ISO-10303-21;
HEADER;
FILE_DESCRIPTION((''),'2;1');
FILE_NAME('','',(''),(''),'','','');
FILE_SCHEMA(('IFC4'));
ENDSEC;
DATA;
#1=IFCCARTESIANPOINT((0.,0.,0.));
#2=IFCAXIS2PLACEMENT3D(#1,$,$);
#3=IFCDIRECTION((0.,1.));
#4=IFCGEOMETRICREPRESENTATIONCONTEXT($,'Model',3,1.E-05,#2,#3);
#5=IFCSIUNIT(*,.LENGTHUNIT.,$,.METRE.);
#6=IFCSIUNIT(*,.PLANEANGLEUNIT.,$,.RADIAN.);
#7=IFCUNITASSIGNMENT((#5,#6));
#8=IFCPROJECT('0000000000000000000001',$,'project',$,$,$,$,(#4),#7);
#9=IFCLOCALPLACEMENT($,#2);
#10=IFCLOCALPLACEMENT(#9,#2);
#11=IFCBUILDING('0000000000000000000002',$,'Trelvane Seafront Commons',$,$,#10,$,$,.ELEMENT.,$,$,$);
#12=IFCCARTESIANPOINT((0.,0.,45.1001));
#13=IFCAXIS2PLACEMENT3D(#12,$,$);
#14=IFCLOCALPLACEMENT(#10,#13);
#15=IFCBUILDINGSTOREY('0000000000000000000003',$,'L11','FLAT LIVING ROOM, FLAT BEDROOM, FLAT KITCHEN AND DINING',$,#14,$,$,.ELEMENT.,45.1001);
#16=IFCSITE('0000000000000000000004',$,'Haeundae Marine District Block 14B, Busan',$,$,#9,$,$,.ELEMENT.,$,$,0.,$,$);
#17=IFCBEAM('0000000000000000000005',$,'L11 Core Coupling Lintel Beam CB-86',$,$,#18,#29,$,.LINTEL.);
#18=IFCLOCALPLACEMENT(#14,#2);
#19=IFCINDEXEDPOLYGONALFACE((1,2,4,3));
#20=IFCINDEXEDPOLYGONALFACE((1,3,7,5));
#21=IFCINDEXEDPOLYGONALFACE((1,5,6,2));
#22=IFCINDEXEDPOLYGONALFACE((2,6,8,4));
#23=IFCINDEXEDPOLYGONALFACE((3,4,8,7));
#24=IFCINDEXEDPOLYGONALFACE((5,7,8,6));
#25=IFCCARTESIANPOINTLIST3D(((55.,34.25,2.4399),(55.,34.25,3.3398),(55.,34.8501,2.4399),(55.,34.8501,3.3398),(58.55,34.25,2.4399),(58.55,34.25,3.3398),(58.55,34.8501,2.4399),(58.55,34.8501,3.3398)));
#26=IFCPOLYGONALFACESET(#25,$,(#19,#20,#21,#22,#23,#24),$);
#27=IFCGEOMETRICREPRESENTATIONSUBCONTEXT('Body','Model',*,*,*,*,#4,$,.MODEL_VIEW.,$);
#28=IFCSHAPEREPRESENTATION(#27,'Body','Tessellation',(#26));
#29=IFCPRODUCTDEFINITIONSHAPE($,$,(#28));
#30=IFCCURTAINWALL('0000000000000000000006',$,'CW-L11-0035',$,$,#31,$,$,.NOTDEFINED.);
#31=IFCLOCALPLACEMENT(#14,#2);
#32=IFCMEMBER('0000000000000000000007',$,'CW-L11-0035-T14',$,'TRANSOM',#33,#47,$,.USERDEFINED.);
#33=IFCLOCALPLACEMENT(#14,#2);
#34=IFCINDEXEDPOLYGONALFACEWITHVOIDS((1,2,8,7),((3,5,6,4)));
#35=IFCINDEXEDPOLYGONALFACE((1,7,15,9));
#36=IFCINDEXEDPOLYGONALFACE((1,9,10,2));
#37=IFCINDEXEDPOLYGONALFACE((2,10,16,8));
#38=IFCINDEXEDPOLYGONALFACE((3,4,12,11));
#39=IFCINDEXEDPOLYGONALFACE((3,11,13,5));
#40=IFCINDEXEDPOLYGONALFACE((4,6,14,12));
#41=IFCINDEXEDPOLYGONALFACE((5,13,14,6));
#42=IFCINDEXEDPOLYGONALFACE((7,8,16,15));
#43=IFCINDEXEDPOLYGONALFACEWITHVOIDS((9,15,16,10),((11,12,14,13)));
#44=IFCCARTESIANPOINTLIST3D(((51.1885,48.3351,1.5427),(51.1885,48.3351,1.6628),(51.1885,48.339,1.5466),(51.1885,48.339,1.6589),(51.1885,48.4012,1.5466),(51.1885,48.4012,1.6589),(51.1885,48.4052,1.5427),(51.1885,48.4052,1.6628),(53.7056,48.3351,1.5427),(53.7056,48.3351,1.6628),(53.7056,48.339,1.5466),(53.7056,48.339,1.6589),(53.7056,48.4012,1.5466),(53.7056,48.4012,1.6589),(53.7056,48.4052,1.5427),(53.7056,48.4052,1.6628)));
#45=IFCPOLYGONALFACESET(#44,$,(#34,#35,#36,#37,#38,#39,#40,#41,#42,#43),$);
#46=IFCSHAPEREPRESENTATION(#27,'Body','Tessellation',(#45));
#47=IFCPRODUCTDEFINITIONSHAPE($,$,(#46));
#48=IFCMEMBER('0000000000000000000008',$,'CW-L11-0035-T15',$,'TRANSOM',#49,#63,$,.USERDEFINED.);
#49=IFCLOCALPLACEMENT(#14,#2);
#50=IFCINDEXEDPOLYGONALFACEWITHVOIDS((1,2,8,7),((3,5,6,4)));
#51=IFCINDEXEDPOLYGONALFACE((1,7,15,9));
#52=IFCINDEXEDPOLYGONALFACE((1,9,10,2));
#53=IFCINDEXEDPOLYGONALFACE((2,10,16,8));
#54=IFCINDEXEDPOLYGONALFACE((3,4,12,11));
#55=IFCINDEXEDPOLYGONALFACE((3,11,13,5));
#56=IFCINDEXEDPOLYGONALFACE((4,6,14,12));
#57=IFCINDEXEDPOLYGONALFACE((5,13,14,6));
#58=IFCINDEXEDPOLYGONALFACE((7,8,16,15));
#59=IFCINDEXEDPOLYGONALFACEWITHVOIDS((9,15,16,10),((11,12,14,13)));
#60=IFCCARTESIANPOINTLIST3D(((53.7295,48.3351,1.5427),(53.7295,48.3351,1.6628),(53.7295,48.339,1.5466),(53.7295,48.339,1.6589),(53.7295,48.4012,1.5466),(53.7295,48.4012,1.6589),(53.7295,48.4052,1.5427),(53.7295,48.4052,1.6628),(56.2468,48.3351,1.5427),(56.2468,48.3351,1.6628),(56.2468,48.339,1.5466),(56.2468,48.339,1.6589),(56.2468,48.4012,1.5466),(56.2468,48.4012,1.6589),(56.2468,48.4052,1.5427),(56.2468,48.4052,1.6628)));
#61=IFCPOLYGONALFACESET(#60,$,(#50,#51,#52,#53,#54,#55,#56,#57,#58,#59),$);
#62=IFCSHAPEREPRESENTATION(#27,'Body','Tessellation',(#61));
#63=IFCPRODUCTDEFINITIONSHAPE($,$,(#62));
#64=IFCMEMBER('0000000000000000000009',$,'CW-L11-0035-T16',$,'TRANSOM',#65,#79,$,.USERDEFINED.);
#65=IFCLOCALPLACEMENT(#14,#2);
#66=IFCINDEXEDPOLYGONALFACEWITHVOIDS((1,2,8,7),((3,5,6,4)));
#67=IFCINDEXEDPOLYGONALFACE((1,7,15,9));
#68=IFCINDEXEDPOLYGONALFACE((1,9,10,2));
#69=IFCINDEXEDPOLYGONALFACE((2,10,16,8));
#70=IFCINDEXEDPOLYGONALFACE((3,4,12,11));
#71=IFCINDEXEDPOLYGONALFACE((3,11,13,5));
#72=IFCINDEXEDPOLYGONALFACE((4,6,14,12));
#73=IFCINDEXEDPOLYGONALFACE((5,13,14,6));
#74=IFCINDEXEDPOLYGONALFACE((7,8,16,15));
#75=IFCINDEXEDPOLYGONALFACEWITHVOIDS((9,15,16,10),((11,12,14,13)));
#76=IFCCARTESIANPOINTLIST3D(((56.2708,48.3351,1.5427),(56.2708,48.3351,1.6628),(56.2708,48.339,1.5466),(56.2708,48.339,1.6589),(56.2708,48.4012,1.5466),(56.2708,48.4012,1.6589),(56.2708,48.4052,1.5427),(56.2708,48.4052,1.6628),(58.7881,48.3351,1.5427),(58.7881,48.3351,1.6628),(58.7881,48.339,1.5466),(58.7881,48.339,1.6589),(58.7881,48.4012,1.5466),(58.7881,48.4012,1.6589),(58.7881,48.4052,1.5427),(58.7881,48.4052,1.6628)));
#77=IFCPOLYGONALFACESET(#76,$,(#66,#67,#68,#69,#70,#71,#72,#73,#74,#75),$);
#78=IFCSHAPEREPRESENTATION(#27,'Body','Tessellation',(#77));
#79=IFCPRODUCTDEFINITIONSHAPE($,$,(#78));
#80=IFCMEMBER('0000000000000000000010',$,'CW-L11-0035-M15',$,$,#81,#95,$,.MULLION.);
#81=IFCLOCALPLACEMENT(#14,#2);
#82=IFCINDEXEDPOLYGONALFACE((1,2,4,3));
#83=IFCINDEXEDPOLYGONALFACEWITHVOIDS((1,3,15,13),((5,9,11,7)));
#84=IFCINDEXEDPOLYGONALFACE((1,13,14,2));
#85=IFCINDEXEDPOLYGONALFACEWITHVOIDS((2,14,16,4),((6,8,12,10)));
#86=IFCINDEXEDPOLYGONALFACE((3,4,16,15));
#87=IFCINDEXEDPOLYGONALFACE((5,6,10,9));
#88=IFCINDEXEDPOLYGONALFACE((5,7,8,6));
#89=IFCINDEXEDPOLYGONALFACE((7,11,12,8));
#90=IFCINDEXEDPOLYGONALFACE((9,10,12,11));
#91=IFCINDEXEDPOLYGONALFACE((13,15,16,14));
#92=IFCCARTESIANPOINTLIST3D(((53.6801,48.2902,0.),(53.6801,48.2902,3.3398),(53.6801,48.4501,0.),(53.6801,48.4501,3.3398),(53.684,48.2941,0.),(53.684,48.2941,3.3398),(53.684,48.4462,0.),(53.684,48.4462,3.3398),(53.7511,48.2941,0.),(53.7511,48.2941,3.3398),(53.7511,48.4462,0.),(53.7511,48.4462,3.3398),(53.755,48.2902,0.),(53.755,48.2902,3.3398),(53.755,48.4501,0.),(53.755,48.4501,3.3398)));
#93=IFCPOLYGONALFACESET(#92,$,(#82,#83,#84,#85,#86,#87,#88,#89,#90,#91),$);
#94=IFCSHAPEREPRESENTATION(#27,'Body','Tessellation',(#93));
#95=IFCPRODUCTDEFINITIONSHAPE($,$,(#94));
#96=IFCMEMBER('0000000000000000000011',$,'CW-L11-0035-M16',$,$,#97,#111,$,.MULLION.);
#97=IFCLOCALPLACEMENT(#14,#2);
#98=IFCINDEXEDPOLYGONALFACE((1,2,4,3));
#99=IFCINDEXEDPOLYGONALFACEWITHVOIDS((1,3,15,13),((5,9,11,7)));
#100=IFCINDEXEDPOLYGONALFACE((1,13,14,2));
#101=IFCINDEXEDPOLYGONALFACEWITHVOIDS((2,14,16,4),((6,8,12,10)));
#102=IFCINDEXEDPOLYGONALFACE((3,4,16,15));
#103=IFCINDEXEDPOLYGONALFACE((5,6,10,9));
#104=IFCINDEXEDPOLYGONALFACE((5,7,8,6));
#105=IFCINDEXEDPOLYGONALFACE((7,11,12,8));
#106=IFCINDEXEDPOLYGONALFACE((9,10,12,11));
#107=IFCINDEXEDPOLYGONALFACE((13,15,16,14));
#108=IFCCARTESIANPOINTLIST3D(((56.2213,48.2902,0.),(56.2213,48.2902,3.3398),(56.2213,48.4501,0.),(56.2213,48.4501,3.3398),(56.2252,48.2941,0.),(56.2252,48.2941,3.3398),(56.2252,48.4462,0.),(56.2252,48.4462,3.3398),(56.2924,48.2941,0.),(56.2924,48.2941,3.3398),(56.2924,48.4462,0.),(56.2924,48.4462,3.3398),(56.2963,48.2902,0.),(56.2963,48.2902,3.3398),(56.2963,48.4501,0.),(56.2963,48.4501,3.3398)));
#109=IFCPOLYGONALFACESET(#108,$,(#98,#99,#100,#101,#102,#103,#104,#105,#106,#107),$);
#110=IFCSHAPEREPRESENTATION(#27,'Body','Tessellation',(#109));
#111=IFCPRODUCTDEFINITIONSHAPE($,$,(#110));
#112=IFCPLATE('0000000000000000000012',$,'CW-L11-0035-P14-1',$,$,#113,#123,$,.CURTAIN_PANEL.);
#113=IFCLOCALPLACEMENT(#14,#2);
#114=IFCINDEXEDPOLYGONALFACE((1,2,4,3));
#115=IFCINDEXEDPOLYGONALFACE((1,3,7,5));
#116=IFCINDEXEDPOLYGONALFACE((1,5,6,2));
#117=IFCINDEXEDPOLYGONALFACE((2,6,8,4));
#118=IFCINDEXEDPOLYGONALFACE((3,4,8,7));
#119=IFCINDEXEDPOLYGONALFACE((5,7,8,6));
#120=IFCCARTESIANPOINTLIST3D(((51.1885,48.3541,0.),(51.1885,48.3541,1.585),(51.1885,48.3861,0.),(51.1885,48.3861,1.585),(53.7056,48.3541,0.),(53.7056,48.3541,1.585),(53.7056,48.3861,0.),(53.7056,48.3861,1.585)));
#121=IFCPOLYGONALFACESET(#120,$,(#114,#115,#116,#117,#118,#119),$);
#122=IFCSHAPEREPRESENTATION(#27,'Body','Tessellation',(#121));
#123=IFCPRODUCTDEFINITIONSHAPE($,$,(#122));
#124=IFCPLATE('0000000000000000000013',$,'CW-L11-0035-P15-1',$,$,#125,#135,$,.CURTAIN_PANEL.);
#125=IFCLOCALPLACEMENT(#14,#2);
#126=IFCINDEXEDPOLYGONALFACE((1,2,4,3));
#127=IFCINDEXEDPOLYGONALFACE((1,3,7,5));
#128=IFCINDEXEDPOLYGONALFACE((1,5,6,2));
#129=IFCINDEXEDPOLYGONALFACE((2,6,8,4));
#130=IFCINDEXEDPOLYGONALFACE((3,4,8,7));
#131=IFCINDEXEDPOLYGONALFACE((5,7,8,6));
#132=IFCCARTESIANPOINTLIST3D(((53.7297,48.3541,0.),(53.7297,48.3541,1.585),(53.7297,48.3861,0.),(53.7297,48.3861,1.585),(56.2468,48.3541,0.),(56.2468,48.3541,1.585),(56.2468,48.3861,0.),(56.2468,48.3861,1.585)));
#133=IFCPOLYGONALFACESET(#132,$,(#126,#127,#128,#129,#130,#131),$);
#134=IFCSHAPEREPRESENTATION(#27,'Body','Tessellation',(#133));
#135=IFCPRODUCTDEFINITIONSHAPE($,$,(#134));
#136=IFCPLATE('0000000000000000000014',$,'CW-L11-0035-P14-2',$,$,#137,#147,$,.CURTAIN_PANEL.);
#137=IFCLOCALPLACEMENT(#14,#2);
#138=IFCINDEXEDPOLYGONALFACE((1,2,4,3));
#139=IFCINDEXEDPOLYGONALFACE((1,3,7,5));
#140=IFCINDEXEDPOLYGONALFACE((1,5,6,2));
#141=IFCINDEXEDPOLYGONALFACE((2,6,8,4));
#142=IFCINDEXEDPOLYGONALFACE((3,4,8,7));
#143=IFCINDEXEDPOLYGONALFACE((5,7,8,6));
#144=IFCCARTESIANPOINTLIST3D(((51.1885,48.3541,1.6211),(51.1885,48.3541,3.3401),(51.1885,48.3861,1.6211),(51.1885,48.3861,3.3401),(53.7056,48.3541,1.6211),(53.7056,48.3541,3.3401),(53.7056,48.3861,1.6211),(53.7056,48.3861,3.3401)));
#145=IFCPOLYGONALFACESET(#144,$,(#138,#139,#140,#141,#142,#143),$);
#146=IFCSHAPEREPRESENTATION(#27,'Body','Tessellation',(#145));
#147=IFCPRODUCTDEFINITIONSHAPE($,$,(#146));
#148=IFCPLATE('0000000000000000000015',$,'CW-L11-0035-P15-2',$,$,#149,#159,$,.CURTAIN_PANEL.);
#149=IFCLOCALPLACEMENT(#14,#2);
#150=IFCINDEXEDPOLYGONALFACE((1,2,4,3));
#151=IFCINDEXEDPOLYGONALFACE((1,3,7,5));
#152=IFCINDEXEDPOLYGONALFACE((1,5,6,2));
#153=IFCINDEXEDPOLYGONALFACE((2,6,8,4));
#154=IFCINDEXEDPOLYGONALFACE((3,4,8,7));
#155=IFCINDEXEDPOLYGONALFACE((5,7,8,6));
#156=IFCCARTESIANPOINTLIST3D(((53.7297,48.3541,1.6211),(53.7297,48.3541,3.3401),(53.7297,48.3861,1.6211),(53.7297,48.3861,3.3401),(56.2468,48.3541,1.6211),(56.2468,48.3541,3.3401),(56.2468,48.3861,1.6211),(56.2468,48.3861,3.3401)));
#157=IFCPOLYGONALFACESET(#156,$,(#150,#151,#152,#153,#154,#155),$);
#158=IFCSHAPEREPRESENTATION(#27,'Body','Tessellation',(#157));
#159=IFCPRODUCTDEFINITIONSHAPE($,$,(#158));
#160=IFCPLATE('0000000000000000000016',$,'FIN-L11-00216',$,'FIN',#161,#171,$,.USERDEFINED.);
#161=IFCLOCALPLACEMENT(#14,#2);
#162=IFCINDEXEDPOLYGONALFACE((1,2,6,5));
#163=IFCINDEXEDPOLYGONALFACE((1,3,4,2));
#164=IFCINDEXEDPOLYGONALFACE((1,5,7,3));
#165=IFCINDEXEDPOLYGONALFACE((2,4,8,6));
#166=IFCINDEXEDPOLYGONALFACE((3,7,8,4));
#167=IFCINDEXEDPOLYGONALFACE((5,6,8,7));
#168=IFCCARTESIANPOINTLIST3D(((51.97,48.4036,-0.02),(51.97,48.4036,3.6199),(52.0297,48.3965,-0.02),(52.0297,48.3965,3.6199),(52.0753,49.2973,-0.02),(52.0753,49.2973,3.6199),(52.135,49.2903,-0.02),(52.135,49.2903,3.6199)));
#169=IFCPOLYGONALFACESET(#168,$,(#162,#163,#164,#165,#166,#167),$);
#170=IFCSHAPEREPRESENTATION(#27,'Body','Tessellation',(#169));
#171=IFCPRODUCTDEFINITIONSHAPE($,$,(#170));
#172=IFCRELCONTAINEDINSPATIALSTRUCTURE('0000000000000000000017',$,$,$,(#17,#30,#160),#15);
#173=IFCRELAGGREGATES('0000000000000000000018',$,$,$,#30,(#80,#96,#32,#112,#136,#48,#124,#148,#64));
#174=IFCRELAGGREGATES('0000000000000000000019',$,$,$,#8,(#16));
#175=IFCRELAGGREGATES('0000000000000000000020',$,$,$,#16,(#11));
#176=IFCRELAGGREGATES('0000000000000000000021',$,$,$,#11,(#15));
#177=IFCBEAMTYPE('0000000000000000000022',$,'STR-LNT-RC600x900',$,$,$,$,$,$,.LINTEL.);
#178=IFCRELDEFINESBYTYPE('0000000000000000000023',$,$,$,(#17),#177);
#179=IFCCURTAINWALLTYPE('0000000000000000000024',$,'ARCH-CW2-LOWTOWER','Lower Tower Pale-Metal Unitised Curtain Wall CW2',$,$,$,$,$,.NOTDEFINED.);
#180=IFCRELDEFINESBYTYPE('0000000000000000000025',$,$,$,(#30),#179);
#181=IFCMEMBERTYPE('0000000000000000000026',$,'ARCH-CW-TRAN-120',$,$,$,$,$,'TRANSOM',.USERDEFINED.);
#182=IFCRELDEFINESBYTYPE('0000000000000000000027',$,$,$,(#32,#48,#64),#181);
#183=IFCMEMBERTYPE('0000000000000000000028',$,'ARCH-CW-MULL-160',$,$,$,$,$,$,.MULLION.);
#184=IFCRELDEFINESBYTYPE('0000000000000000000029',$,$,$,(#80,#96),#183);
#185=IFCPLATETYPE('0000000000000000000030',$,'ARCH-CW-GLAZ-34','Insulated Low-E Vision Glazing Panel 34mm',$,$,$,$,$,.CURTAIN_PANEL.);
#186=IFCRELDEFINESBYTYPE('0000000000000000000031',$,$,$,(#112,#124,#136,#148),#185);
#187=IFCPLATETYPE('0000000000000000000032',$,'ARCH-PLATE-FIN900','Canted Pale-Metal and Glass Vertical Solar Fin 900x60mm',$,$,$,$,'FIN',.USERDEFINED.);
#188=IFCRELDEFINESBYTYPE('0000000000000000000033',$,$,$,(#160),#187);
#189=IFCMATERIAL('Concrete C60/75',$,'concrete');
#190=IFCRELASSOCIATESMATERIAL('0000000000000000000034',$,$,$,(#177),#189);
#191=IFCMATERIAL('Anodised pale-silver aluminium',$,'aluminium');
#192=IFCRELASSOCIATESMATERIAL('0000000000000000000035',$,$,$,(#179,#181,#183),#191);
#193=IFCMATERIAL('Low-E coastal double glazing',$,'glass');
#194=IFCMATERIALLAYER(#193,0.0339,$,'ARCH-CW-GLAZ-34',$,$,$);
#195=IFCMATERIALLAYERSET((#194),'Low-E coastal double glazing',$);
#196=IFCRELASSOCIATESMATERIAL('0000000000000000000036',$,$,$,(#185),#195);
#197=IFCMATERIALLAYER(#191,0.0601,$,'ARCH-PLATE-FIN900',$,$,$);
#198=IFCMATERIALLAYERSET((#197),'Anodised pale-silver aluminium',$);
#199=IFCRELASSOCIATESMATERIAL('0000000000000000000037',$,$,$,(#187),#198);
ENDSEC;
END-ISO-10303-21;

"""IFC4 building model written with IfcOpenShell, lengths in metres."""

from ifc_helpers import new_model, si_unit, direction, frame, origin, origin_2d, place, context, subcontext, project, spatial, rectangle, hollow_rectangle, extrude, source, transform, mapped, material, layer, layer_set, material_profile, profile_set, type_object, element, aggregate, save


model = new_model("IFC4")

# Units and contexts
model_context = context("Model", 3, precision=1e-05, world=origin(), true_north=direction((0.0, 1.0)))
body_context = subcontext(model_context, "Body", "Model", "MODEL_VIEW")
ifc_project = project(units=[si_unit("LENGTHUNIT", "METRE"), si_unit("PLANEANGLEUNIT", "RADIAN")], contexts=[model_context])

# Site, building, storey
site_placement = place(None, origin())
site = spatial("IfcSite", under=ifc_project, at=site_placement, Name="Haeundae Marine District Block 14B, Busan", CompositionType="ELEMENT", RefElevation=0.0)
building_placement = place(site_placement, origin())
building = spatial("IfcBuilding", under=site, at=building_placement, Name="Trelvane Seafront Commons", CompositionType="ELEMENT")
storey_placement = place(building_placement, frame((0.0, 0.0, 45.1001)))
storey = spatial("IfcBuildingStorey", under=building, at=storey_placement, Name="L11", Description="FLAT LIVING ROOM, FLAT BEDROOM, FLAT KITCHEN AND DINING", CompositionType="ELEMENT", Elevation=45.1001)

# Beam
ifc_material_1 = material(Name="Concrete C60/75", Category="concrete")
ifc_material_profile_1 = material_profile(ifc_material_1, rectangle(XDim=0.6001, YDim=0.8999, at=origin_2d()), Name="RC-600x900")
ifc_profile_set_1 = profile_set([ifc_material_profile_1], Name="Concrete C60/75")
beam_type = type_object("IfcBeamType", Name="STR-LNT-RC600x900", PredefinedType="LINTEL", material=ifc_profile_set_1)
shared_shape_1 = source(origin(), body_context, "Body", "SweptSolid", [
    extrude(rectangle(XDim=0.6001, YDim=0.8999, at=origin_2d()), origin(), (0.0, 0.0, 1.0), 3.55),
])
beam_placement = place(storey_placement, frame((55.0, 34.55, 2.8899), z_axis=(1.0, 0.0, 0.0), x_axis=(0.0, 1.0, 0.0)))
element("IfcBeam", 1, at=beam_placement, inside=storey, type_object=beam_type, Name="L11 Core Coupling Lintel Beam CB-86", PredefinedType="LINTEL", context=body_context, shape_type="MappedRepresentation", body=[
    mapped(shared_shape_1, transform((0.0, 0.0, 0.0), x_axis=(1.0, 0.0, 0.0), y_axis=(0.0, 1.0, 0.0), z_axis=(0.0, 0.0, 1.0), scale=1.0)),
])

# Curtain wall, members, plates
ifc_material_2 = material(Name="Anodised pale-silver aluminium", Category="aluminium")
curtain_wall_type = type_object("IfcCurtainWallType", Name="ARCH-CW2-LOWTOWER", Description="Lower Tower Pale-Metal Unitised Curtain Wall CW2", PredefinedType="NOTDEFINED", material=ifc_material_2)
curtain_wall_placement = place(storey_placement, origin())
curtain_wall = element("IfcCurtainWall", 2, at=curtain_wall_placement, inside=storey, type_object=curtain_wall_type, Name="CW-L11-0035", PredefinedType="NOTDEFINED")
ifc_material_profile_2 = material_profile(ifc_material_2, hollow_rectangle(XDim=0.0701, YDim=0.1201, WallThickness=0.0039, at=origin_2d()), Name="TRAN-70x120x4")
ifc_profile_set_2 = profile_set([ifc_material_profile_2], Name="Anodised pale-silver aluminium")
member_type_1 = type_object("IfcMemberType", Name="ARCH-CW-TRAN-120", ElementType="TRANSOM", PredefinedType="USERDEFINED", material=ifc_profile_set_2)
shared_shape_2 = source(origin(), body_context, "Body", "SweptSolid", [
    extrude(hollow_rectangle(XDim=0.0701, YDim=0.1201, WallThickness=0.0039, at=origin_2d()), origin(), (0.0, 0.0, 1.0), 2.5171),
])
member_1_placement = place(storey_placement, frame((51.1885, 48.3701, 1.6028), z_axis=(1.0, 0.0, 0.0), x_axis=(0.0, 1.0, 0.0)))
member_1 = element("IfcMember", 3, at=member_1_placement, type_object=member_type_1, Name="CW-L11-0035-T14", ObjectType="TRANSOM", PredefinedType="USERDEFINED", context=body_context, shape_type="MappedRepresentation", body=[
    mapped(shared_shape_2, transform((0.0, 0.0, 0.0), x_axis=(1.0, 0.0, 0.0), y_axis=(0.0, 1.0, 0.0), z_axis=(0.0, 0.0, 1.0), scale=1.0)),
])
shared_shape_3 = source(origin(), body_context, "Body", "SweptSolid", [
    extrude(hollow_rectangle(XDim=0.0701, YDim=0.1201, WallThickness=0.0039, at=origin_2d()), origin(), (0.0, 0.0, 1.0), 2.5173),
])
member_2_placement = place(storey_placement, frame((53.7295, 48.3701, 1.6028), z_axis=(1.0, 0.0, 0.0), x_axis=(0.0, 1.0, 0.0)))
member_2 = element("IfcMember", 4, at=member_2_placement, type_object=member_type_1, Name="CW-L11-0035-T15", ObjectType="TRANSOM", PredefinedType="USERDEFINED", context=body_context, shape_type="MappedRepresentation", body=[
    mapped(shared_shape_3, transform((0.0, 0.0, 0.0), x_axis=(1.0, 0.0, 0.0), y_axis=(0.0, 1.0, 0.0), z_axis=(0.0, 0.0, 1.0), scale=1.0)),
])
member_3_placement = place(storey_placement, frame((56.2708, 48.3701, 1.6028), z_axis=(1.0, 0.0, 0.0), x_axis=(0.0, 1.0, 0.0)))
member_3 = element("IfcMember", 5, at=member_3_placement, type_object=member_type_1, Name="CW-L11-0035-T16", ObjectType="TRANSOM", PredefinedType="USERDEFINED", context=body_context, shape_type="MappedRepresentation", body=[
    mapped(shared_shape_3, transform((0.0, 0.0, 0.0), x_axis=(1.0, 0.0, 0.0), y_axis=(0.0, 1.0, 0.0), z_axis=(0.0, 0.0, 1.0), scale=1.0)),
])
ifc_material_profile_3 = material_profile(ifc_material_2, hollow_rectangle(XDim=0.075, YDim=0.1599, WallThickness=0.0039, at=origin_2d()), Name="MULL-75x160x4")
ifc_profile_set_3 = profile_set([ifc_material_profile_3], Name="Anodised pale-silver aluminium")
member_type_2 = type_object("IfcMemberType", Name="ARCH-CW-MULL-160", PredefinedType="MULLION", material=ifc_profile_set_3)
shared_shape_4 = source(origin(), body_context, "Body", "SweptSolid", [
    extrude(hollow_rectangle(XDim=0.075, YDim=0.1599, WallThickness=0.0039, at=origin_2d()), origin(), (0.0, 0.0, 1.0), 3.3398),
])
member_4_placement = place(storey_placement, frame((53.7175, 48.3701, 0.0), z_axis=(0.0, 0.0, 1.0), x_axis=(1.0, 0.0, 0.0)))
member_4 = element("IfcMember", 6, at=member_4_placement, type_object=member_type_2, Name="CW-L11-0035-M15", PredefinedType="MULLION", context=body_context, shape_type="MappedRepresentation", body=[
    mapped(shared_shape_4, transform((0.0, 0.0, 0.0), x_axis=(1.0, 0.0, 0.0), y_axis=(0.0, 1.0, 0.0), z_axis=(0.0, 0.0, 1.0), scale=1.0)),
])
member_5_placement = place(storey_placement, frame((56.2588, 48.3701, 0.0), z_axis=(0.0, 0.0, 1.0), x_axis=(1.0, 0.0, 0.0)))
member_5 = element("IfcMember", 7, at=member_5_placement, type_object=member_type_2, Name="CW-L11-0035-M16", PredefinedType="MULLION", context=body_context, shape_type="MappedRepresentation", body=[
    mapped(shared_shape_4, transform((0.0, 0.0, 0.0), x_axis=(1.0, 0.0, 0.0), y_axis=(0.0, 1.0, 0.0), z_axis=(0.0, 0.0, 1.0), scale=1.0)),
])
ifc_material_3 = material(Name="Low-E coastal double glazing", Category="glass")
ifc_layer_1 = layer(ifc_material_3, 0.0339, Name="ARCH-CW-GLAZ-34")
ifc_layer_set_1 = layer_set([ifc_layer_1], Name="Low-E coastal double glazing")
plate_type_1 = type_object("IfcPlateType", Name="ARCH-CW-GLAZ-34", Description="Insulated Low-E Vision Glazing Panel 34mm", PredefinedType="CURTAIN_PANEL", material=ifc_layer_set_1)
shared_shape_5 = source(origin(), body_context, "Body", "SweptSolid", [
    extrude(rectangle(XDim=2.5171, YDim=0.032, at=origin_2d()), origin(), (0.0, 0.0, 1.0), 1.585),
])
plate_1_placement = place(storey_placement, frame((52.447, 48.3701, 0.0), z_axis=(0.0, 0.0, 1.0), x_axis=(1.0, 0.0, 0.0)))
plate_1 = element("IfcPlate", 8, at=plate_1_placement, type_object=plate_type_1, Name="CW-L11-0035-P14-1", PredefinedType="CURTAIN_PANEL", context=body_context, shape_type="MappedRepresentation", body=[
    mapped(shared_shape_5, transform((0.0, 0.0, 0.0), x_axis=(1.0, 0.0, 0.0), y_axis=(0.0, 1.0, 0.0), z_axis=(0.0, 0.0, 1.0), scale=1.0)),
])
plate_2_placement = place(storey_placement, frame((54.9883, 48.3701, 0.0), z_axis=(0.0, 0.0, 1.0), x_axis=(1.0, 0.0, 0.0)))
plate_2 = element("IfcPlate", 9, at=plate_2_placement, type_object=plate_type_1, Name="CW-L11-0035-P15-1", PredefinedType="CURTAIN_PANEL", context=body_context, shape_type="MappedRepresentation", body=[
    mapped(shared_shape_5, transform((0.0, 0.0, 0.0), x_axis=(1.0, 0.0, 0.0), y_axis=(0.0, 1.0, 0.0), z_axis=(0.0, 0.0, 1.0), scale=1.0)),
])
shared_shape_6 = source(origin(), body_context, "Body", "SweptSolid", [
    extrude(rectangle(XDim=2.5171, YDim=0.032, at=origin_2d()), origin(), (0.0, 0.0, 1.0), 1.719),
])
plate_3_placement = place(storey_placement, frame((52.447, 48.3701, 1.6211), z_axis=(0.0, 0.0, 1.0), x_axis=(1.0, 0.0, 0.0)))
plate_3 = element("IfcPlate", 10, at=plate_3_placement, type_object=plate_type_1, Name="CW-L11-0035-P14-2", PredefinedType="CURTAIN_PANEL", context=body_context, shape_type="MappedRepresentation", body=[
    mapped(shared_shape_6, transform((0.0, 0.0, 0.0), x_axis=(1.0, 0.0, 0.0), y_axis=(0.0, 1.0, 0.0), z_axis=(0.0, 0.0, 1.0), scale=1.0)),
])
plate_4_placement = place(storey_placement, frame((54.9883, 48.3701, 1.6211), z_axis=(0.0, 0.0, 1.0), x_axis=(1.0, 0.0, 0.0)))
plate_4 = element("IfcPlate", 11, at=plate_4_placement, type_object=plate_type_1, Name="CW-L11-0035-P15-2", PredefinedType="CURTAIN_PANEL", context=body_context, shape_type="MappedRepresentation", body=[
    mapped(shared_shape_6, transform((0.0, 0.0, 0.0), x_axis=(1.0, 0.0, 0.0), y_axis=(0.0, 1.0, 0.0), z_axis=(0.0, 0.0, 1.0), scale=1.0)),
])
aggregate(curtain_wall, [member_4, member_5, member_1, plate_1, plate_3, member_2, plate_2, plate_4, member_3])

# Plate
ifc_layer_2 = layer(ifc_material_2, 0.0601, Name="ARCH-PLATE-FIN900")
ifc_layer_set_2 = layer_set([ifc_layer_2], Name="Anodised pale-silver aluminium")
plate_type_2 = type_object("IfcPlateType", Name="ARCH-PLATE-FIN900", Description="Canted Pale-Metal and Glass Vertical Solar Fin 900x60mm", ElementType="FIN", PredefinedType="USERDEFINED", material=ifc_layer_set_2)
shared_shape_7 = source(origin(), body_context, "Body", "SweptSolid", [
    extrude(rectangle(XDim=0.8999, YDim=0.0601, at=origin_2d()), origin(), (0.0, 0.0, 1.0), 3.6399),
])
for number, where, z_axis, x_axis, name in (
    (12, (52.0525, 48.8469, -0.02), (0.0, 0.0, 1.0), (0.117002, 0.993132, 0.0), "FIN-L11-00216"),
):
    element("IfcPlate", number, at=place(storey_placement, frame(where, z_axis=z_axis, x_axis=x_axis)), inside=storey, type_object=plate_type_2, Name=name, ObjectType="FIN", PredefinedType="USERDEFINED", context=body_context, shape_type="MappedRepresentation", body=[
        mapped(shared_shape_7, transform((0.0, 0.0, 0.0), x_axis=(1.0, 0.0, 0.0), y_axis=(0.0, 1.0, 0.0), z_axis=(0.0, 0.0, 1.0), scale=1.0)),
    ])

save(model, "model.ifc")
